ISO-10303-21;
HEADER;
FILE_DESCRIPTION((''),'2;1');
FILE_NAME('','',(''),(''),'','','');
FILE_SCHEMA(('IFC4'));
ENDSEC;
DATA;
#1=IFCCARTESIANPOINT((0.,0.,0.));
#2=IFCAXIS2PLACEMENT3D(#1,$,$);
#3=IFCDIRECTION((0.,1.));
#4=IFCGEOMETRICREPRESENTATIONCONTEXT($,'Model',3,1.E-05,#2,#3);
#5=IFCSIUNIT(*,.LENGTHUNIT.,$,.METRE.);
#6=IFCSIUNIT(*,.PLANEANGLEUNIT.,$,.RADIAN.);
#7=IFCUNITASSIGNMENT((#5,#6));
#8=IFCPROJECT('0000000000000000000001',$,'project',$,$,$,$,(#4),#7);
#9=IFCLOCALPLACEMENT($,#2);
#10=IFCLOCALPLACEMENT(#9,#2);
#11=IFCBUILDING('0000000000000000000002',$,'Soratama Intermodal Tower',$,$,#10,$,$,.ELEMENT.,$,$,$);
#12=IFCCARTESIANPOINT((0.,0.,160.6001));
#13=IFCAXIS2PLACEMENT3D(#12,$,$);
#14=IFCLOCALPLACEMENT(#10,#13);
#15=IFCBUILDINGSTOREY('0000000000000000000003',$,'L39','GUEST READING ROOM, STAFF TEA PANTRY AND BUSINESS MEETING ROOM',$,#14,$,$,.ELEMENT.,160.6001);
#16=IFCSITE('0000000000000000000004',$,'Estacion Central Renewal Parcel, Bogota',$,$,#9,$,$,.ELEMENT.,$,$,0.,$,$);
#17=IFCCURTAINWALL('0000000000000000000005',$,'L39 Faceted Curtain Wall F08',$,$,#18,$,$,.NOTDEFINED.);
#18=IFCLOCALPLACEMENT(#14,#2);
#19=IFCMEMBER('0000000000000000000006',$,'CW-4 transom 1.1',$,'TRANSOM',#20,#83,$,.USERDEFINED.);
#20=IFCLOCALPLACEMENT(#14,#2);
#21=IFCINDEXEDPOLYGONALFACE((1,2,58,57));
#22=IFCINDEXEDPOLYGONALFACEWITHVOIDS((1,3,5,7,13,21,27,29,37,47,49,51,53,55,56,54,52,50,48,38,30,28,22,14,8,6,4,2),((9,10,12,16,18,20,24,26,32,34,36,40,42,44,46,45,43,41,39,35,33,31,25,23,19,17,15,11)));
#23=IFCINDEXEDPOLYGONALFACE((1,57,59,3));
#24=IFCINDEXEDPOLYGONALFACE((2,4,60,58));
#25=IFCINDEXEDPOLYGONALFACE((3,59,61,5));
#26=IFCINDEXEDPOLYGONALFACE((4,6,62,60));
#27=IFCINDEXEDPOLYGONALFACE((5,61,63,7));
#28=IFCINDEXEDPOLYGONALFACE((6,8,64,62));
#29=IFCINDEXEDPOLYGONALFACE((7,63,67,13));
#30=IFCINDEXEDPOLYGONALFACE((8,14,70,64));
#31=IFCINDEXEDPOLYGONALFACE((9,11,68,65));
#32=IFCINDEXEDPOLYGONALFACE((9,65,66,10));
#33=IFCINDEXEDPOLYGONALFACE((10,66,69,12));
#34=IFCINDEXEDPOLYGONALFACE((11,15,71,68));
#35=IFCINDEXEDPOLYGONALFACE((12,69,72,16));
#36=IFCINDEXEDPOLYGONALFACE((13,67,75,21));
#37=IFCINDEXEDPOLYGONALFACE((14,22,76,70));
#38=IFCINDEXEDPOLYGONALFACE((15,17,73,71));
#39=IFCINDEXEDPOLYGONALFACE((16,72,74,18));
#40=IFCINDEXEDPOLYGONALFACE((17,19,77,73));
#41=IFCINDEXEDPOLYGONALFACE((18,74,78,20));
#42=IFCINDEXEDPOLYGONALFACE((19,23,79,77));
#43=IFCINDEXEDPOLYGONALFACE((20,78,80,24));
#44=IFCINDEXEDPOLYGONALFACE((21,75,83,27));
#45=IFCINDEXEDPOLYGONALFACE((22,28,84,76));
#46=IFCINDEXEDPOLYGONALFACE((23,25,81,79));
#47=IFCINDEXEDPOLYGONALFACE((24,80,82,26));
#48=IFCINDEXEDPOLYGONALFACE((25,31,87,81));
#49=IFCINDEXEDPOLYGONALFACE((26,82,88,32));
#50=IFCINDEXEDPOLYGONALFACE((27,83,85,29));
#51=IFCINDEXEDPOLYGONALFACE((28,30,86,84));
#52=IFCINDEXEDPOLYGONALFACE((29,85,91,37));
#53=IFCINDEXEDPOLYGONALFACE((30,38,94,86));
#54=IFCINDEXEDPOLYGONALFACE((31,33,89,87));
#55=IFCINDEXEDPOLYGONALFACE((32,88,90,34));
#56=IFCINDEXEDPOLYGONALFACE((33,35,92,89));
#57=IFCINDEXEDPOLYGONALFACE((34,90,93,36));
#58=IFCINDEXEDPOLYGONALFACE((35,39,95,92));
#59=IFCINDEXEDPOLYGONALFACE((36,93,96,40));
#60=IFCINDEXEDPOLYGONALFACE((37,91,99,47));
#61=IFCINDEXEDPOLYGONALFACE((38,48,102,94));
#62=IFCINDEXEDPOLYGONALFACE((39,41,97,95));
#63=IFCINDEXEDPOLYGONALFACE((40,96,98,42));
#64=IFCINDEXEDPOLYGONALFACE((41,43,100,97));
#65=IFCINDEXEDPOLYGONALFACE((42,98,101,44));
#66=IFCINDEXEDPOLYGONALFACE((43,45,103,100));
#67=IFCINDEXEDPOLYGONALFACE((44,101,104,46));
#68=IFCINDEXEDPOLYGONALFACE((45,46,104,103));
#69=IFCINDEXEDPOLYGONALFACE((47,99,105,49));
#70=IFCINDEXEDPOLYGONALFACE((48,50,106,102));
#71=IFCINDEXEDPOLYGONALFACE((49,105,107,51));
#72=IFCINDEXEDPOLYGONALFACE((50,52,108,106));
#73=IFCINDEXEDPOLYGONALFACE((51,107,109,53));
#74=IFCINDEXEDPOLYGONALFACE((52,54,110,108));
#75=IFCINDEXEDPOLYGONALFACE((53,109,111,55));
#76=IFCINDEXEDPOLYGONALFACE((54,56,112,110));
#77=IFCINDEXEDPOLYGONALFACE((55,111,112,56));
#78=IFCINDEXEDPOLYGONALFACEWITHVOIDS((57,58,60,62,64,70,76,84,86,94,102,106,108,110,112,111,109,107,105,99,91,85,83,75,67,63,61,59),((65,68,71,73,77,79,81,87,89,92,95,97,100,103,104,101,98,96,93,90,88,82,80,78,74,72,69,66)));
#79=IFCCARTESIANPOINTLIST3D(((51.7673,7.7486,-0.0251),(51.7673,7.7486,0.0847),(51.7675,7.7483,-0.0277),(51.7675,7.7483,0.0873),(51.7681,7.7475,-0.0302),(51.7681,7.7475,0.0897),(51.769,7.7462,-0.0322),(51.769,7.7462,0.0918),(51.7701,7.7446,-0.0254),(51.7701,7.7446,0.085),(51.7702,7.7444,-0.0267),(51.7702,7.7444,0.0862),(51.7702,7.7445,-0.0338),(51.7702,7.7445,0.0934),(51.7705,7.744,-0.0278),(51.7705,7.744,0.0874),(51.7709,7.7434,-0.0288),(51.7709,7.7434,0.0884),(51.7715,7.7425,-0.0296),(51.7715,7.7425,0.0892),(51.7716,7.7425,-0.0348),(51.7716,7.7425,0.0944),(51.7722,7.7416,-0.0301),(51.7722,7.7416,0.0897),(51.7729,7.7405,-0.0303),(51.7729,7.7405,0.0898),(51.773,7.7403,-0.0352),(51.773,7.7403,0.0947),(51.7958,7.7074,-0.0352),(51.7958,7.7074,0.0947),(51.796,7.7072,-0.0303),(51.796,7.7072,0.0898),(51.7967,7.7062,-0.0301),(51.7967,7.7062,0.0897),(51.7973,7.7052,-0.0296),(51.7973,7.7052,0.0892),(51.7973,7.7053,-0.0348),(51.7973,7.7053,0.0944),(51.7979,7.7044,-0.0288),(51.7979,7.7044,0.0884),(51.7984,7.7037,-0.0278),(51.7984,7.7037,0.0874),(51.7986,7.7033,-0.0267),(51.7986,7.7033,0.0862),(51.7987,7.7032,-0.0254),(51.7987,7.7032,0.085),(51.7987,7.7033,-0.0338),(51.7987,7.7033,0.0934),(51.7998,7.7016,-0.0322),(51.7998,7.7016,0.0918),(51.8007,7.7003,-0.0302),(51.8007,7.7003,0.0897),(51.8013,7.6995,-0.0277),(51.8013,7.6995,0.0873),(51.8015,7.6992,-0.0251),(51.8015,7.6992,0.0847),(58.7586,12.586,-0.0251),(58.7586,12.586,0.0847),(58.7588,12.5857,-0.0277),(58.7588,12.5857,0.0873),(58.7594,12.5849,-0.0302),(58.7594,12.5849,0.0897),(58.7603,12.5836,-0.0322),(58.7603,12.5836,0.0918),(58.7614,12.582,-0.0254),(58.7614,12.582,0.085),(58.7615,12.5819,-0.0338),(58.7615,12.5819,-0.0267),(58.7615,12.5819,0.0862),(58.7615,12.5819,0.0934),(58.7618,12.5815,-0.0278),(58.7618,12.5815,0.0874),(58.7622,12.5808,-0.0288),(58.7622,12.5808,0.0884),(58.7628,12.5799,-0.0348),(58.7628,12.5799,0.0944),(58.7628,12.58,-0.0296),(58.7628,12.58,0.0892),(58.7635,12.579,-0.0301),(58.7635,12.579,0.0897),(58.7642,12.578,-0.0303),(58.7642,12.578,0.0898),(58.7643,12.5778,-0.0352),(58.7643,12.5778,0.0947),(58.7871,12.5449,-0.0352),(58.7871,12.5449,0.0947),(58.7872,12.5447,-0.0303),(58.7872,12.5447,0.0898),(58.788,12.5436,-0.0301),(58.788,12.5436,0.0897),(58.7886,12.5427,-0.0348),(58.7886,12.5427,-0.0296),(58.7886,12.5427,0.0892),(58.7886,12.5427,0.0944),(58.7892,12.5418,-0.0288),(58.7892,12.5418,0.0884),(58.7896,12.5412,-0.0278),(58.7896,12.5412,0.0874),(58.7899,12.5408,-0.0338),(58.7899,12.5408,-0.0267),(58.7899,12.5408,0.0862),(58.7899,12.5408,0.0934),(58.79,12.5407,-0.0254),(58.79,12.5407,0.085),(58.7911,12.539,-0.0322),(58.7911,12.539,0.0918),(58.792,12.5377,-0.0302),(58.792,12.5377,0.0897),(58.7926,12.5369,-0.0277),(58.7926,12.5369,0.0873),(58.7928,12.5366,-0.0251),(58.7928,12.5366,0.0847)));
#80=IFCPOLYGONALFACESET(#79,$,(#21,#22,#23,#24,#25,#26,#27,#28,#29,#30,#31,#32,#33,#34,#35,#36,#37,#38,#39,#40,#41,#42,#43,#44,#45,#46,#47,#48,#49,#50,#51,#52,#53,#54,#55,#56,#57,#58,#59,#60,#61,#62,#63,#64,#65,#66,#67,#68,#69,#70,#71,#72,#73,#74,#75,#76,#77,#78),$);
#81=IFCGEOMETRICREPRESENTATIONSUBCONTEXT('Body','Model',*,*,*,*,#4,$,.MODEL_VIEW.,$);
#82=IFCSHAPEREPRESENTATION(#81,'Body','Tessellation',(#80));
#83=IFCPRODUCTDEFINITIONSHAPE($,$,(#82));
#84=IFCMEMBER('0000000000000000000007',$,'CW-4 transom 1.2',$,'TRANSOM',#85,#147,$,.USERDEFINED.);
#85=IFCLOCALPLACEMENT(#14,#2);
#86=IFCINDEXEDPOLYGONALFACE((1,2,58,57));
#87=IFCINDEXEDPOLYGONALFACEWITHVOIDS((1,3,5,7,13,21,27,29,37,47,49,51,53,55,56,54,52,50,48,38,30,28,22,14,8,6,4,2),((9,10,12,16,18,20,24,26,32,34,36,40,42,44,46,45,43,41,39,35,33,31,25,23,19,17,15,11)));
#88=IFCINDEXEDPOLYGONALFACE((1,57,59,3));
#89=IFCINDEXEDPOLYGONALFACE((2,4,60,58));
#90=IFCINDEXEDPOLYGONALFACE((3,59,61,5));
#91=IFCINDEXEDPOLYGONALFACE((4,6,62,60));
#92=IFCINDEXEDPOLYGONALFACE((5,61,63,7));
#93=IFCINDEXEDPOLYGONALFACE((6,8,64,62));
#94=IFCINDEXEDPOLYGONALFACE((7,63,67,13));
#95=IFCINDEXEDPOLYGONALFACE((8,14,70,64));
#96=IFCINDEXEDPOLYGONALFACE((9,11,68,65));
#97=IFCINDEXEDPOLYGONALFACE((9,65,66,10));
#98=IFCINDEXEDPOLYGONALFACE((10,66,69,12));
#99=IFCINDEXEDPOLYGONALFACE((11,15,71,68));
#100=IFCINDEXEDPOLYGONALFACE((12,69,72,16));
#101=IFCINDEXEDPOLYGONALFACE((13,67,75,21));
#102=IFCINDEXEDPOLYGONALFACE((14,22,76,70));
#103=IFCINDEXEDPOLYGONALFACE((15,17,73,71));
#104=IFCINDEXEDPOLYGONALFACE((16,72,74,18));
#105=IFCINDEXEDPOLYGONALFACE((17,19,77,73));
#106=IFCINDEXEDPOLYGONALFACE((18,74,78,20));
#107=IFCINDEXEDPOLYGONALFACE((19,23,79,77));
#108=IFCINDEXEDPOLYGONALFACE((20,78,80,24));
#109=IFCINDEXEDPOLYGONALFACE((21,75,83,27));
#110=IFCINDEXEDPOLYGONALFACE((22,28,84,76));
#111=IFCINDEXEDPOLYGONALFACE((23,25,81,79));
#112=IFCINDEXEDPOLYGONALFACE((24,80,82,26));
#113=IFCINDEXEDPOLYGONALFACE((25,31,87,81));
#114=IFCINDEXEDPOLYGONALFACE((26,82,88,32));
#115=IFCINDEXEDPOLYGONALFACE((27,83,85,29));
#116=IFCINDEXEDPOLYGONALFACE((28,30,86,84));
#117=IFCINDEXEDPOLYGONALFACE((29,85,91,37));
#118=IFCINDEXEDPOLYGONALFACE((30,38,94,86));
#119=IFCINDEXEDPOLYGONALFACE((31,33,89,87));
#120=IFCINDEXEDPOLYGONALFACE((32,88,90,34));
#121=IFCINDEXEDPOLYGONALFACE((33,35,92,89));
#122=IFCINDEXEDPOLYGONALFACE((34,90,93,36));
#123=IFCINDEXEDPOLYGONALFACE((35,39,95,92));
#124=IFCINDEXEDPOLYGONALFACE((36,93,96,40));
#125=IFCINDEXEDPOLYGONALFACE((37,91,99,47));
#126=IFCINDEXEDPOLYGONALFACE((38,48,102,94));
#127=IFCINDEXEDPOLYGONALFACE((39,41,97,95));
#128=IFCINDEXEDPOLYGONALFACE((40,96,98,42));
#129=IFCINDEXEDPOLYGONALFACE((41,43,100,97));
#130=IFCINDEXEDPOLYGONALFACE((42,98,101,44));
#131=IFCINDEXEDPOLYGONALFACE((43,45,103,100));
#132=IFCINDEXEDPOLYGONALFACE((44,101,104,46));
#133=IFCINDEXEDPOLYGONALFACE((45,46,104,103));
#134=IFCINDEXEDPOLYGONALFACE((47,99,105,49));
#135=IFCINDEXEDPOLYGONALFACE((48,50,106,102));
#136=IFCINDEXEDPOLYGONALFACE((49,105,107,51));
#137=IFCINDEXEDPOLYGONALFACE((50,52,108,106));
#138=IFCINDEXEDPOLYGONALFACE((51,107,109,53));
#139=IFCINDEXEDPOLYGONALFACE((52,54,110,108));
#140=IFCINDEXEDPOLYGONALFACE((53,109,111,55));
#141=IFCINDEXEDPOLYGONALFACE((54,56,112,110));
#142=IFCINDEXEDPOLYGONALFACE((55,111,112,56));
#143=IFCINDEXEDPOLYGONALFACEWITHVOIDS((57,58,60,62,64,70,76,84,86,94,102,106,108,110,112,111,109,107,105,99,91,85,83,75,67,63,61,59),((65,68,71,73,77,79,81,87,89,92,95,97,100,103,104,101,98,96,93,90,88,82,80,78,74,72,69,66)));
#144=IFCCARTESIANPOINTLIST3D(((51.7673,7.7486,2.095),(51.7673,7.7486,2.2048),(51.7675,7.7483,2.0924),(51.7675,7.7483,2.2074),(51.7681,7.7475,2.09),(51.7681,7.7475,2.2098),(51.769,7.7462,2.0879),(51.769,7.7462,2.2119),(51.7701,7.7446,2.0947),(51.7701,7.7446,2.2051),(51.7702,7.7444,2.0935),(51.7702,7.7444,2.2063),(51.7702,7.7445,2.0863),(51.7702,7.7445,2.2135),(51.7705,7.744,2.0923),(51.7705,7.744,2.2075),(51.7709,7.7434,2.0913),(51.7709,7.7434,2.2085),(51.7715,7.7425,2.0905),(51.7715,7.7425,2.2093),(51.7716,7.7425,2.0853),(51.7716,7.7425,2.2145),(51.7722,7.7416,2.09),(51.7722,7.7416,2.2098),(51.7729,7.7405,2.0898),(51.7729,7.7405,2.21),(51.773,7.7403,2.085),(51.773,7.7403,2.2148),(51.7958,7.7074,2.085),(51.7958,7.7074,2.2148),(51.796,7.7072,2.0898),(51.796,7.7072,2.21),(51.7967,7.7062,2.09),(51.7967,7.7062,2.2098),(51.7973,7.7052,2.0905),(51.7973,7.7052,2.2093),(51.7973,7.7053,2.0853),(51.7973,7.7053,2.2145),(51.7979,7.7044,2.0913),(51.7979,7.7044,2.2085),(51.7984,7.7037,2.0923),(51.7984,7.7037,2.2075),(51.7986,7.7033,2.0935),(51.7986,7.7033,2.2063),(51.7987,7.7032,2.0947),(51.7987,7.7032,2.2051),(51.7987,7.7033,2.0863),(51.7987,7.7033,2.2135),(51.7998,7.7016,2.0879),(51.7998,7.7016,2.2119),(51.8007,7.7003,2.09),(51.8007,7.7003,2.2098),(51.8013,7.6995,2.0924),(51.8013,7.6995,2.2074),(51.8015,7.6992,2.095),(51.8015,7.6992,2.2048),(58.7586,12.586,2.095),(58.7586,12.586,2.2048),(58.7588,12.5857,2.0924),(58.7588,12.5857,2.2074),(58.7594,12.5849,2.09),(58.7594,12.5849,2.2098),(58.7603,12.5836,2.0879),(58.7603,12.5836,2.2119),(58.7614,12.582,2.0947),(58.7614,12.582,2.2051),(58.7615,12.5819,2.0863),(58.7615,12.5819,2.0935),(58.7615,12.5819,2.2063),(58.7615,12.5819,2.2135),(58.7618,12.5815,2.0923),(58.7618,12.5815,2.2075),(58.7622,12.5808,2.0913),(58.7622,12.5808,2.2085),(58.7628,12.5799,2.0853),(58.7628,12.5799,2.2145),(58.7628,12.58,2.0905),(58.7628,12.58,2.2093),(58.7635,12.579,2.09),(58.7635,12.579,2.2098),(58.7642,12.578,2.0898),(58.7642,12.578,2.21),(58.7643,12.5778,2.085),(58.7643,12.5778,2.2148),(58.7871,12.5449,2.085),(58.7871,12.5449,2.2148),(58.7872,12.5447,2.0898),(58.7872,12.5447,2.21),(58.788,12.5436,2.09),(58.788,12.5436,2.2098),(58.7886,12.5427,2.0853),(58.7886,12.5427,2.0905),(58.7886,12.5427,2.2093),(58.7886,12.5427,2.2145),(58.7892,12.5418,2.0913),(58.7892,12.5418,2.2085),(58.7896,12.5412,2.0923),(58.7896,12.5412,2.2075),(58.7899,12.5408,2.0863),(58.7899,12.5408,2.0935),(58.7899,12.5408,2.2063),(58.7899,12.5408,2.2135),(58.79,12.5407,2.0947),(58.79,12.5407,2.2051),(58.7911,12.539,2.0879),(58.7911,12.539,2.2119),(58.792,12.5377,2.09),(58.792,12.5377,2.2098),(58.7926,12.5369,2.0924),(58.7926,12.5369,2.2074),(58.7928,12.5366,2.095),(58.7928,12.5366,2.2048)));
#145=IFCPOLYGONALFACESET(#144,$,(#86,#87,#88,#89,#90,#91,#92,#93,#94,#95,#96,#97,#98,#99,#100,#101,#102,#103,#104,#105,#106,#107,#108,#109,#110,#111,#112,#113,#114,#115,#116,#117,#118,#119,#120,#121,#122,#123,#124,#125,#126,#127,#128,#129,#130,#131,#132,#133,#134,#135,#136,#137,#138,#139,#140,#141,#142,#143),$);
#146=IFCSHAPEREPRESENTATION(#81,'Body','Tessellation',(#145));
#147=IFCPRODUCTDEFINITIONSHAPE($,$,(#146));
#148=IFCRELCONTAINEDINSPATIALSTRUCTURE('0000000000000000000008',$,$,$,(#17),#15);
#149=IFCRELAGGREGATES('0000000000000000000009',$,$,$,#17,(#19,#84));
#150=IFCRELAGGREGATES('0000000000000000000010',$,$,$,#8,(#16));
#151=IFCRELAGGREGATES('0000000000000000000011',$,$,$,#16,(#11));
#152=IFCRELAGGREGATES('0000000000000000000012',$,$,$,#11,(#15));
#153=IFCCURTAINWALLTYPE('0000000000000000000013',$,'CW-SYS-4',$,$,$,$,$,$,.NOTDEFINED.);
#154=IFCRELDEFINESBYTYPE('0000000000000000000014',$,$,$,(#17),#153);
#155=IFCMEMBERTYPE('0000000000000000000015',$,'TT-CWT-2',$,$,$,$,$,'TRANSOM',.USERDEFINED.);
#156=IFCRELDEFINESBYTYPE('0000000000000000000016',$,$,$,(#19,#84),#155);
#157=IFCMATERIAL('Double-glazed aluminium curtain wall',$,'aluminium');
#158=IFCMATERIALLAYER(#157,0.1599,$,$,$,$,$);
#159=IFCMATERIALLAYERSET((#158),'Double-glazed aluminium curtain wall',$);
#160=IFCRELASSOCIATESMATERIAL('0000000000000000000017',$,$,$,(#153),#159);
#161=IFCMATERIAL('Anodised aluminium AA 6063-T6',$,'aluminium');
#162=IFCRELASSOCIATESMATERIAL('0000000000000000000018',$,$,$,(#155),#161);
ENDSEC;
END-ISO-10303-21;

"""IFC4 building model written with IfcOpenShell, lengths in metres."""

from ifc_helpers import new_model, si_unit, direction, frame, origin, origin_2d, place, context, subcontext, project, spatial, hollow_rectangle, extrude, material, layer, layer_set, material_profile, profile_set, type_object, element, aggregate, save


model = new_model("IFC4")

# Units and contexts
model_context = context("Model", 3, precision=1e-05, world=origin(), true_north=direction((0.0, 1.0)))
body_context = subcontext(model_context, "Body", "Model", "MODEL_VIEW")
ifc_project = project(units=[si_unit("LENGTHUNIT", "METRE"), si_unit("PLANEANGLEUNIT", "RADIAN")], contexts=[model_context])

# Site, building, storey
site_placement = place(None, origin())
site = spatial("IfcSite", under=ifc_project, at=site_placement, Name="Estacion Central Renewal Parcel, Bogota", CompositionType="ELEMENT", RefElevation=0.0)
building_placement = place(site_placement, origin())
building = spatial("IfcBuilding", under=site, at=building_placement, Name="Soratama Intermodal Tower", CompositionType="ELEMENT")
storey_placement = place(building_placement, frame((0.0, 0.0, 160.6001)))
storey = spatial("IfcBuildingStorey", under=building, at=storey_placement, Name="L39", Description="GUEST READING ROOM, STAFF TEA PANTRY AND BUSINESS MEETING ROOM", CompositionType="ELEMENT", Elevation=160.6001)

# Curtain wall, members
ifc_material_1 = material(Name="Double-glazed aluminium curtain wall", Category="aluminium")
ifc_layer_1 = layer(ifc_material_1, 0.1599)
ifc_layer_set_1 = layer_set([ifc_layer_1], Name="Double-glazed aluminium curtain wall")
curtain_wall_type = type_object("IfcCurtainWallType", Name="CW-SYS-4", PredefinedType="NOTDEFINED", material=ifc_layer_set_1)
curtain_wall_placement = place(storey_placement, origin())
curtain_wall = element("IfcCurtainWall", 1, at=curtain_wall_placement, inside=storey, type_object=curtain_wall_type, Name="L39 Faceted Curtain Wall F08", PredefinedType="NOTDEFINED")
ifc_material_2 = material(Name="Anodised aluminium AA 6063-T6", Category="aluminium")
ifc_material_profile_1 = material_profile(ifc_material_2, hollow_rectangle(XDim=0.0601, YDim=0.1299, WallThickness=0.0049, InnerFilletRadius=0.0049, OuterFilletRadius=0.01, at=origin_2d()), Name="CWT130X60X5")
ifc_profile_set_1 = profile_set([ifc_material_profile_1], Name="Anodised aluminium AA 6063-T6")
member_type_1 = type_object("IfcMemberType", Name="TT-CWT-2", ElementType="TRANSOM", PredefinedType="USERDEFINED", material=ifc_profile_set_1)
member_1_placement = place(storey_placement, frame((51.7844, 7.7239, 0.0298), z_axis=(0.822339, 0.568998, 0.0), x_axis=(-0.568998, 0.822339, 0.0)))
member_1 = element("IfcMember", 2, at=member_1_placement, type_object=member_type_1, Name="CW-4 transom 1.1", ObjectType="TRANSOM", PredefinedType="USERDEFINED", context=body_context, shape_type="SweptSolid", body=[
    extrude(hollow_rectangle(XDim=0.0601, YDim=0.1299, WallThickness=0.0049, InnerFilletRadius=0.0049, OuterFilletRadius=0.01, at=origin_2d()), origin(), (0.0, 0.0, 1.0), 8.5017),
])
member_2_placement = place(storey_placement, frame((51.7844, 7.7239, 2.1499), z_axis=(0.822339, 0.568998, 0.0), x_axis=(-0.568998, 0.822339, 0.0)))
member_2 = element("IfcMember", 3, at=member_2_placement, type_object=member_type_1, Name="CW-4 transom 1.2", ObjectType="TRANSOM", PredefinedType="USERDEFINED", context=body_context, shape_type="SweptSolid", body=[
    extrude(hollow_rectangle(XDim=0.0601, YDim=0.1299, WallThickness=0.0049, InnerFilletRadius=0.0049, OuterFilletRadius=0.01, at=origin_2d()), origin(), (0.0, 0.0, 1.0), 8.5017),
])
aggregate(curtain_wall, [member_1, member_2])

save(model, "model.ifc")
